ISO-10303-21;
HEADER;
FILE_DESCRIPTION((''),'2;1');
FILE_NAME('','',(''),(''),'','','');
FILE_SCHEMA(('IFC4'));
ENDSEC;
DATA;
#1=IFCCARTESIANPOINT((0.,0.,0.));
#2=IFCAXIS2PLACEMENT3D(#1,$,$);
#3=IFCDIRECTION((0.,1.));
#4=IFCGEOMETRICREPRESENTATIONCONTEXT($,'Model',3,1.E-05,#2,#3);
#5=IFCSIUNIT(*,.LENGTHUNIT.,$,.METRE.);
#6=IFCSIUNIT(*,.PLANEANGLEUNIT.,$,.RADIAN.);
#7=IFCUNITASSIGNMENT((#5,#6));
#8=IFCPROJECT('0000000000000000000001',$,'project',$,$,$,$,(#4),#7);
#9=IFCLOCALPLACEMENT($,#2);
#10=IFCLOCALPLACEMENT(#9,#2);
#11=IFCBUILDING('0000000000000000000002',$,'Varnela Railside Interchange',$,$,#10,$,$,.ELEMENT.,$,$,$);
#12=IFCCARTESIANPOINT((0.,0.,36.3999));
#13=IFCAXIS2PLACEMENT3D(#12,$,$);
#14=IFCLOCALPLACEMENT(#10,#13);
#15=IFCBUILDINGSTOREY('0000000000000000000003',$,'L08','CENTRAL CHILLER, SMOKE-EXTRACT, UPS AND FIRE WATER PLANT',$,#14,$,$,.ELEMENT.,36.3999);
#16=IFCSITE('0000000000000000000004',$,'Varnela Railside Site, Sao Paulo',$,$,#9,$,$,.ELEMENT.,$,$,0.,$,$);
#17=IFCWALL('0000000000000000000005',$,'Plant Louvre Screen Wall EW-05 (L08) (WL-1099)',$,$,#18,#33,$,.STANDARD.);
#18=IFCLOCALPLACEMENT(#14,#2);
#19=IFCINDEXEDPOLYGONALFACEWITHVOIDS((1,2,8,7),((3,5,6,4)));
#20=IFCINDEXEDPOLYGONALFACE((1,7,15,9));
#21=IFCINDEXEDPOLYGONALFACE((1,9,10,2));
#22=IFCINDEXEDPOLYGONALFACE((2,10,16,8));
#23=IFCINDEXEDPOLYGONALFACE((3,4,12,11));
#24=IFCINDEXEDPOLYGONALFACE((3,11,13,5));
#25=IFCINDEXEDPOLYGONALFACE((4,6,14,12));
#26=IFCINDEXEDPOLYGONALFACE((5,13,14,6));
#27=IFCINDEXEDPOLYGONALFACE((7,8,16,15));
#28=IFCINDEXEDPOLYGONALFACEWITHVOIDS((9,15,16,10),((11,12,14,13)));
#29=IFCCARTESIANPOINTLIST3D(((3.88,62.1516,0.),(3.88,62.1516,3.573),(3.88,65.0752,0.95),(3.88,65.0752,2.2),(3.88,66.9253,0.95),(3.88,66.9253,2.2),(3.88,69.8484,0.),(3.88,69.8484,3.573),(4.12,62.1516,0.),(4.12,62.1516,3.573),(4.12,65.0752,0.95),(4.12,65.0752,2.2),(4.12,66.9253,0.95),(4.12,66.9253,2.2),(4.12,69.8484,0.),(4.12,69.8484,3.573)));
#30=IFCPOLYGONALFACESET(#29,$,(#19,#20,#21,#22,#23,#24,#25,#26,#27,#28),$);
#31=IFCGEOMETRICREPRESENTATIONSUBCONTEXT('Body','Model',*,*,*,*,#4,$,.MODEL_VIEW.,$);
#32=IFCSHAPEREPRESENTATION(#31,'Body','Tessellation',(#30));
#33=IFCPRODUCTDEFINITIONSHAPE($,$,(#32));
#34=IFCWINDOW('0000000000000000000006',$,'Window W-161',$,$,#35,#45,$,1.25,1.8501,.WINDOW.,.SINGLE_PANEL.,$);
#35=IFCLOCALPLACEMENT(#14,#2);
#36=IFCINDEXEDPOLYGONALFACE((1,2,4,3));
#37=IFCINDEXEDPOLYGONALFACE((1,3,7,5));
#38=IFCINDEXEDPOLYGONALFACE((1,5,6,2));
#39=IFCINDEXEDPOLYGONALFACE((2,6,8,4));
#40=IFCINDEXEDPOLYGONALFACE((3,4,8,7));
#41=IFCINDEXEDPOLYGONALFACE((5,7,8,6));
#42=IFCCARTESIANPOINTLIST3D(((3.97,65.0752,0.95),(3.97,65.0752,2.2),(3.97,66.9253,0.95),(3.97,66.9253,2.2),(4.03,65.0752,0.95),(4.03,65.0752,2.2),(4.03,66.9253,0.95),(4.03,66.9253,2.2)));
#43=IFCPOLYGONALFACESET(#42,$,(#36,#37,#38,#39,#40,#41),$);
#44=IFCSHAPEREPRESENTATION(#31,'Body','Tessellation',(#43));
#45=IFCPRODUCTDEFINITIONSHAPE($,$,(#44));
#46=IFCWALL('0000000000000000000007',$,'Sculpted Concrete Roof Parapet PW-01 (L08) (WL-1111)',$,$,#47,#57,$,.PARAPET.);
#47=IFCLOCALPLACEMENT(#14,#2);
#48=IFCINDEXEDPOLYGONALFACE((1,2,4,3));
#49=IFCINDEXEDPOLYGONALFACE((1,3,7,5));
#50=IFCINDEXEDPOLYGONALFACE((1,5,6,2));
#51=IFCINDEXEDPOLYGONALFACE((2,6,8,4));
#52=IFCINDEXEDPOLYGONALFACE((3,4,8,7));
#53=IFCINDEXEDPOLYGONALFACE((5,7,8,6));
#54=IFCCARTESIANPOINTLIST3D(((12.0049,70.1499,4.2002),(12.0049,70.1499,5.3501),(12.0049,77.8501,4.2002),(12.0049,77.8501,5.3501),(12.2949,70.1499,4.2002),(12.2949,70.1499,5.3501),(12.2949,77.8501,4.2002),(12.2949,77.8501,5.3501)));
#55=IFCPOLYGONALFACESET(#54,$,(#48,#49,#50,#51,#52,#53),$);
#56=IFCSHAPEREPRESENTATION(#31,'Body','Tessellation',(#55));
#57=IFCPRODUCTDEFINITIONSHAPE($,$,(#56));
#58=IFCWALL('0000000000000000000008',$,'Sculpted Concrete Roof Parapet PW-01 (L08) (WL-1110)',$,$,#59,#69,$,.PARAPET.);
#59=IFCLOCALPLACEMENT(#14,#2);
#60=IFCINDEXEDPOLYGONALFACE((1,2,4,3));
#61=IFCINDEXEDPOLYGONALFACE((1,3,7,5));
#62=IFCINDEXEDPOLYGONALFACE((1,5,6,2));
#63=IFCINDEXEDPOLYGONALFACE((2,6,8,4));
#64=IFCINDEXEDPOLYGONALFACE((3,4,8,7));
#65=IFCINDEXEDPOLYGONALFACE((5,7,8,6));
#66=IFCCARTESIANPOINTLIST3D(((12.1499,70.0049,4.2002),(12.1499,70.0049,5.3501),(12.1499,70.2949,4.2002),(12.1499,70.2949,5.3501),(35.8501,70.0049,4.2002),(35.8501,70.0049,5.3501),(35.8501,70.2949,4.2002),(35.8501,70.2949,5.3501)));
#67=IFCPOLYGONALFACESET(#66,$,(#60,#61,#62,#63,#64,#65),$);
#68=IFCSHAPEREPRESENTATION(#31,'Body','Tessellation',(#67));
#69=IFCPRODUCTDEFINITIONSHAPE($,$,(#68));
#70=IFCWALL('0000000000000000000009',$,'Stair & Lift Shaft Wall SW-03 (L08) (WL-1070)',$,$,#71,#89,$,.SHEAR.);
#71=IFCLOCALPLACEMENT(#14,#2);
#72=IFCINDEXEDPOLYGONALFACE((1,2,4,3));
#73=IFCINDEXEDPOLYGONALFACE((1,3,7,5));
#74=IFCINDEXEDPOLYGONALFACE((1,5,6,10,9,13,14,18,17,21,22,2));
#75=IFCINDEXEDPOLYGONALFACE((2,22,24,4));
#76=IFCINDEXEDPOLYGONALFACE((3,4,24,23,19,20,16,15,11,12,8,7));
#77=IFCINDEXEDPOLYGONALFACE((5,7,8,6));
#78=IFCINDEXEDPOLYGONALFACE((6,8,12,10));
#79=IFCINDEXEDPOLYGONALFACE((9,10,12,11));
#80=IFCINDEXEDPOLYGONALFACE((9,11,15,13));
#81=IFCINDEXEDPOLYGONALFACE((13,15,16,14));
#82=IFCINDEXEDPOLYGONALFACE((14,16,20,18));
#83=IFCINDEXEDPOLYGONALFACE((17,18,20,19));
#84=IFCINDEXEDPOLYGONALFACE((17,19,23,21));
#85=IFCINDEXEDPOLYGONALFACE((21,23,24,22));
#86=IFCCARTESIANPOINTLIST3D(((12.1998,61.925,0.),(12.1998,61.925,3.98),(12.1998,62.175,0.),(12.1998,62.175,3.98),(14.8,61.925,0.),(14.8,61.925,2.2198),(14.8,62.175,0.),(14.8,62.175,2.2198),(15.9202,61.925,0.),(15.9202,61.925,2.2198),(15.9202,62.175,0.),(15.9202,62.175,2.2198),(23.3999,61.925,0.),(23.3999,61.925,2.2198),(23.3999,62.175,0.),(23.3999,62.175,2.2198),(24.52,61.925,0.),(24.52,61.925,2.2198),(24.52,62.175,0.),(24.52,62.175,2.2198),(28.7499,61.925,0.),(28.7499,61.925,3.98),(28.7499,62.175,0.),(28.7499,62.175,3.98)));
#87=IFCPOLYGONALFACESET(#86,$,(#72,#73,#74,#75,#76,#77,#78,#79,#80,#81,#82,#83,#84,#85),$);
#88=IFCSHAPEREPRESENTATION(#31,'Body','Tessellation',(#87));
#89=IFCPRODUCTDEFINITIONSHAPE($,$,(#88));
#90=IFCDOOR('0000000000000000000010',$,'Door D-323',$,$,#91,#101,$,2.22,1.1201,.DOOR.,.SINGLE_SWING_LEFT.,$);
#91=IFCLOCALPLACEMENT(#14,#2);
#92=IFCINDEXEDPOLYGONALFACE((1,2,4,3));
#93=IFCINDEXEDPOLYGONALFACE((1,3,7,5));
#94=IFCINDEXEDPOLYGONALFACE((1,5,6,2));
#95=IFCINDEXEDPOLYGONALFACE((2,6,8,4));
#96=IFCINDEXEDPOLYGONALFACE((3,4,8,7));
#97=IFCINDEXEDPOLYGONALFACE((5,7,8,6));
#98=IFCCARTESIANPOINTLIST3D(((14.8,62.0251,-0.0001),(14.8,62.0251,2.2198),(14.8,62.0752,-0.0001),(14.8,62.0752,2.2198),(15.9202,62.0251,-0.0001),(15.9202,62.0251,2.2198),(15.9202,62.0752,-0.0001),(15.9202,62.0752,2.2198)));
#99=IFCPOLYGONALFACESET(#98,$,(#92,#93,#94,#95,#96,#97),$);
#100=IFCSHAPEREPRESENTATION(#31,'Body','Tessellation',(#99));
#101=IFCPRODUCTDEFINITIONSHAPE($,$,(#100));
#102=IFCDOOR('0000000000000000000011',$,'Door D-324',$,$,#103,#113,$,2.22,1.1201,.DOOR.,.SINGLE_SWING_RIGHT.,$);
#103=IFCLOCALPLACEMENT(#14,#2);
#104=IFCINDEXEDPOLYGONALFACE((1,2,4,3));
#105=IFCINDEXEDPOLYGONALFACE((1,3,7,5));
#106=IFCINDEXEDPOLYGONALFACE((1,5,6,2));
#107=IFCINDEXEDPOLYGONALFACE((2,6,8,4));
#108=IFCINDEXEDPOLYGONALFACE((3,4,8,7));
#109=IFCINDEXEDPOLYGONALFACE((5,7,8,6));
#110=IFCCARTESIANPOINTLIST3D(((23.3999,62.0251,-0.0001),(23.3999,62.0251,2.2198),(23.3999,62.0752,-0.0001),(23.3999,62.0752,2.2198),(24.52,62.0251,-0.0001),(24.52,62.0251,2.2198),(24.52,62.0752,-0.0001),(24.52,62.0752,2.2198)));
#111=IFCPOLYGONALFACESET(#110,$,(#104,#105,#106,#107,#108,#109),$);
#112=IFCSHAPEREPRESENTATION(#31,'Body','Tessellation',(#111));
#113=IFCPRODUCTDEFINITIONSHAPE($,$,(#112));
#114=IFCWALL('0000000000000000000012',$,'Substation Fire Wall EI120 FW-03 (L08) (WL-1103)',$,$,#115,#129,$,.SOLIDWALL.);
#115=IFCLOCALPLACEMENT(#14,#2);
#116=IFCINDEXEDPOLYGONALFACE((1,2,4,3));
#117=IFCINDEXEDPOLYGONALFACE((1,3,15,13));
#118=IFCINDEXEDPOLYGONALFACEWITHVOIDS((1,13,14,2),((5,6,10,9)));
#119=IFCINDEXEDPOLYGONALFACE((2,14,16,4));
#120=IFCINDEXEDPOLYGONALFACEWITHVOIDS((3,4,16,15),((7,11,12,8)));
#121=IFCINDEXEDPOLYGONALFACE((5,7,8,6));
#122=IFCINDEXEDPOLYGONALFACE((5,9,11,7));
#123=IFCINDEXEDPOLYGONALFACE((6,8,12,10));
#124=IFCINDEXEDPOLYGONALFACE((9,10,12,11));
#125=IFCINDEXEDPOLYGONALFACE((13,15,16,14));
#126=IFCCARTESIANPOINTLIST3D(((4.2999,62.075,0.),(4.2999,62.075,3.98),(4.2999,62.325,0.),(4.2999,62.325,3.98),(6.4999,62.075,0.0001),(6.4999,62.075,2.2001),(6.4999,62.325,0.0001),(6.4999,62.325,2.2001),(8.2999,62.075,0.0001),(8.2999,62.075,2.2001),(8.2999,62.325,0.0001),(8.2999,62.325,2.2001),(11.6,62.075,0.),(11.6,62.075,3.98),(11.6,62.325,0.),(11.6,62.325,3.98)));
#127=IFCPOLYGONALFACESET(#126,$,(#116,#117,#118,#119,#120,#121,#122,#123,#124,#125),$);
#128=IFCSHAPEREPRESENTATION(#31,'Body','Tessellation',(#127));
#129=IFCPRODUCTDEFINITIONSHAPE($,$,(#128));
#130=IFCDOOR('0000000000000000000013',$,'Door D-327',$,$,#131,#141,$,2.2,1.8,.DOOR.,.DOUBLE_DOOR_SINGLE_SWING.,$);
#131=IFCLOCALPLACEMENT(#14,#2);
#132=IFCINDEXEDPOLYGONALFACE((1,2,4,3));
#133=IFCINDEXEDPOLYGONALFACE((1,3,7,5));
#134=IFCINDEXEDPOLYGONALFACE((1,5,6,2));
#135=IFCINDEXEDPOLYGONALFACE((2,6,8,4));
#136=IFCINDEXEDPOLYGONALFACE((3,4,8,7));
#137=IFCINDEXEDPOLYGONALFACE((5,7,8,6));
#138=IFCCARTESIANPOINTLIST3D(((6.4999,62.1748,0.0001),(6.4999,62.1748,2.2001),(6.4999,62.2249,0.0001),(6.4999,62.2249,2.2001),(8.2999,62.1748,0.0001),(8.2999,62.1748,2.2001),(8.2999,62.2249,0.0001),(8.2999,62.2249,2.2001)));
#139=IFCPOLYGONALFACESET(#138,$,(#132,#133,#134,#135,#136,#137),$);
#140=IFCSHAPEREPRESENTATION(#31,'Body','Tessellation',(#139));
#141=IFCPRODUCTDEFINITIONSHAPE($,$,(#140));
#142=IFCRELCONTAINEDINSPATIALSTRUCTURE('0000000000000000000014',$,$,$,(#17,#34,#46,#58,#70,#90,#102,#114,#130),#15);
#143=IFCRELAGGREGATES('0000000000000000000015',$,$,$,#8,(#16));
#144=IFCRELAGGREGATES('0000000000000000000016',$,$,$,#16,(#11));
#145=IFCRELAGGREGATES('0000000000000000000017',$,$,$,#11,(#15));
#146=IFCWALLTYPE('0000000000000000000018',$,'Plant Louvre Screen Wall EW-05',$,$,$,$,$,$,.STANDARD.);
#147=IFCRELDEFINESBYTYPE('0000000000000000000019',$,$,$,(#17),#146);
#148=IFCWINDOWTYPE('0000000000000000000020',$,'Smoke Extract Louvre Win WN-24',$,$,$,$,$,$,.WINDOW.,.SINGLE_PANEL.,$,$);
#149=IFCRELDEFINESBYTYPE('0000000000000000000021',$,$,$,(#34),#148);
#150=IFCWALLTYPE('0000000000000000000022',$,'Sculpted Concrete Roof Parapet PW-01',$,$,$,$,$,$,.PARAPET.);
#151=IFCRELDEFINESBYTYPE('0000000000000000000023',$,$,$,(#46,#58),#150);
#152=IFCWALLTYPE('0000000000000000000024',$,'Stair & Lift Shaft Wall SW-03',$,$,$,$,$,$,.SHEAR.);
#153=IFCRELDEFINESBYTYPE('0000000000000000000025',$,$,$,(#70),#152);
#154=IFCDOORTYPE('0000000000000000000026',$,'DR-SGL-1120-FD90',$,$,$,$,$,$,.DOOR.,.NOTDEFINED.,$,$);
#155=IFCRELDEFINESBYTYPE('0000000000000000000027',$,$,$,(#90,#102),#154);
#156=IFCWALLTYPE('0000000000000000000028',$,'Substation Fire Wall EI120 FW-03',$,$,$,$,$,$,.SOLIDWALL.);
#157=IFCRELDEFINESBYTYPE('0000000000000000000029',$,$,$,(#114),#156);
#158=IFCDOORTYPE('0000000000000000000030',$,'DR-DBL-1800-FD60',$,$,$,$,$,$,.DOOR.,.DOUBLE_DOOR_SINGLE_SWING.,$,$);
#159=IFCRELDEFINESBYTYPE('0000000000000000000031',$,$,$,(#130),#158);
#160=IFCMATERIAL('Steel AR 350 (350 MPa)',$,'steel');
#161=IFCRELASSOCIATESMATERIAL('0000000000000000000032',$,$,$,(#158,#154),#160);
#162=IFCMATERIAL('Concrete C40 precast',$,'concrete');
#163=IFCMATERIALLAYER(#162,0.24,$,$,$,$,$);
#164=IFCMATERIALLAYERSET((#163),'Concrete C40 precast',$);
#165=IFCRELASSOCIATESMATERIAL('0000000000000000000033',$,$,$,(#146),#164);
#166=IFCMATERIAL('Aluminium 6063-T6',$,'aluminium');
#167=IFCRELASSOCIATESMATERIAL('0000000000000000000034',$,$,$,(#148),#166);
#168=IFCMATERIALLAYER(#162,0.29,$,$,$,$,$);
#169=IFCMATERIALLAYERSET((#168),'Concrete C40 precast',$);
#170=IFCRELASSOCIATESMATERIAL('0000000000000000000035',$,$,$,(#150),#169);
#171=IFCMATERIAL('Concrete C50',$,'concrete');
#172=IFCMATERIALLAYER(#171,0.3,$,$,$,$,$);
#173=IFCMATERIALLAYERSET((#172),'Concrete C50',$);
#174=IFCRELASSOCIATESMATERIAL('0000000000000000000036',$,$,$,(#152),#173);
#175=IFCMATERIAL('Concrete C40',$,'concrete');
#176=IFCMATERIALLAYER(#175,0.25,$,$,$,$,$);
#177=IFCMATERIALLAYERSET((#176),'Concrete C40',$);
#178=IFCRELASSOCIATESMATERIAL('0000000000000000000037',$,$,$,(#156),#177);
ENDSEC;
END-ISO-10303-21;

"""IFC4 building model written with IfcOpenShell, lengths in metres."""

from ifc_helpers import new_model, si_unit, direction, frame, frame_2d, origin, place, context, subcontext, project, spatial, rectangle, extrude, material, layer, layer_set, type_object, element, fill, save


model = new_model("IFC4")

# Units and contexts
model_context = context("Model", 3, precision=1e-05, world=origin(), true_north=direction((0.0, 1.0)))
body_context = subcontext(model_context, "Body", "Model", "MODEL_VIEW")
ifc_project = project(units=[si_unit("LENGTHUNIT", "METRE"), si_unit("PLANEANGLEUNIT", "RADIAN")], contexts=[model_context])

# Site, building, storey
site_placement = place(None, origin())
site = spatial("IfcSite", under=ifc_project, at=site_placement, Name="Varnela Railside Site, Sao Paulo", CompositionType="ELEMENT", RefElevation=0.0)
building_placement = place(site_placement, origin())
building = spatial("IfcBuilding", under=site, at=building_placement, Name="Varnela Railside Interchange", CompositionType="ELEMENT")
storey_placement = place(building_placement, frame((0.0, 0.0, 36.3999)))
storey = spatial("IfcBuildingStorey", under=building, at=storey_placement, Name="L08", Description="CENTRAL CHILLER, SMOKE-EXTRACT, UPS AND FIRE WATER PLANT", CompositionType="ELEMENT", Elevation=36.3999)

# Shared definitions
ifc_material_1 = material(Name="Steel AR 350 (350 MPa)", Category="steel")

# Shared definitions
ifc_material_2 = material(Name="Concrete C50", Category="concrete")
door_type_1 = type_object("IfcDoorType", Name="DR-DBL-1800-FD60", OperationType="DOUBLE_DOOR_SINGLE_SWING", PredefinedType="DOOR", material=ifc_material_1)

# Wall, opening, window
ifc_material_3 = material(Name="Concrete C40 precast", Category="concrete")
ifc_layer_1 = layer(ifc_material_3, 0.24)
ifc_layer_set_1 = layer_set([ifc_layer_1], Name="Concrete C40 precast")
wall_type_1 = type_object("IfcWallType", Name="Plant Louvre Screen Wall EW-05", PredefinedType="STANDARD", material=ifc_layer_set_1)
wall_1_placement = place(storey_placement, frame((4.0, 62.1516, 0.0), z_axis=(0.0, 0.0, 1.0), x_axis=(0.0, 1.0, 0.0)))
wall_1 = element("IfcWall", 1, at=wall_1_placement, inside=storey, type_object=wall_type_1, Name="Plant Louvre Screen Wall EW-05 (L08) (WL-1099)", PredefinedType="STANDARD", context=body_context, shape_type="SweptSolid", body=[
    extrude(rectangle(XDim=7.6968, YDim=0.24, at=frame_2d((3.8484, 0.0))), origin(), (0.0, 0.0, 1.0), 3.573),
])
opening_1_placement = place(wall_1_placement, frame((2.9236, 0.0, 0.95)))
opening_1 = element("IfcOpeningElement", 2, at=opening_1_placement, cuts=wall_1, PredefinedType="OPENING", context=body_context, shape_type="SweptSolid", body=[
    extrude(rectangle(XDim=1.8501, YDim=1.25, at=frame_2d((0.925, 0.625))), frame((0.0, 0.1299, 0.0), z_axis=(0.0, -1.0, 0.0), x_axis=(1.0, 0.0, 0.0)), (0.0, 0.0, 1.0), 0.26),
])
ifc_material_4 = material(Name="Aluminium 6063-T6", Category="aluminium")
window_type = type_object("IfcWindowType", Name="Smoke Extract Louvre Win WN-24", PartitioningType="SINGLE_PANEL", PredefinedType="WINDOW", material=ifc_material_4)
window_placement = place(opening_1_placement, origin())
window = element("IfcWindow", 3, at=window_placement, inside=storey, type_object=window_type, Name="Window W-161", OverallHeight=1.25, OverallWidth=1.8501, PartitioningType="SINGLE_PANEL", PredefinedType="WINDOW", context=body_context, shape_type="SweptSolid", body=[
    extrude(rectangle(XDim=1.8501, YDim=1.25, at=frame_2d((0.925, 0.625))), frame((0.0, 0.03, 0.0), z_axis=(0.0, -1.0, 0.0), x_axis=(1.0, 0.0, 0.0)), (0.0, 0.0, 1.0), 0.0601),
])
fill(opening_1, window)

# Walls
ifc_layer_2 = layer(ifc_material_3, 0.29)
ifc_layer_set_2 = layer_set([ifc_layer_2], Name="Concrete C40 precast")
wall_type_2 = type_object("IfcWallType", Name="Sculpted Concrete Roof Parapet PW-01", PredefinedType="PARAPET", material=ifc_layer_set_2)
wall_2_placement = place(storey_placement, frame((12.1499, 70.1499, 4.2002), z_axis=(0.0, 0.0, 1.0), x_axis=(0.0, 1.0, 0.0)))
element("IfcWall", 4, at=wall_2_placement, inside=storey, type_object=wall_type_2, Name="Sculpted Concrete Roof Parapet PW-01 (L08) (WL-1111)", PredefinedType="PARAPET", context=body_context, shape_type="SweptSolid", body=[
    extrude(rectangle(XDim=7.7002, YDim=0.29, at=frame_2d((3.8501, 0.0))), origin(), (0.0, 0.0, 1.0), 1.1499),
])
wall_3_placement = place(storey_placement, frame((12.1499, 70.1499, 4.2002), z_axis=(0.0, 0.0, 1.0), x_axis=(1.0, 0.0, 0.0)))
element("IfcWall", 5, at=wall_3_placement, inside=storey, type_object=wall_type_2, Name="Sculpted Concrete Roof Parapet PW-01 (L08) (WL-1110)", PredefinedType="PARAPET", context=body_context, shape_type="SweptSolid", body=[
    extrude(rectangle(XDim=23.7002, YDim=0.29, at=frame_2d((11.8501, 0.0))), origin(), (0.0, 0.0, 1.0), 1.1499),
])

# Wall, openings, doors
ifc_layer_3 = layer(ifc_material_2, 0.3)
ifc_layer_set_3 = layer_set([ifc_layer_3], Name="Concrete C50")
wall_type_3 = type_object("IfcWallType", Name="Stair & Lift Shaft Wall SW-03", PredefinedType="SHEAR", material=ifc_layer_set_3)
wall_4_placement = place(storey_placement, frame((12.2, 62.05, 0.0), z_axis=(0.0, 0.0, 1.0), x_axis=(1.0, 0.0, 0.0)))
wall_4 = element("IfcWall", 6, at=wall_4_placement, inside=storey, type_object=wall_type_3, Name="Stair & Lift Shaft Wall SW-03 (L08) (WL-1070)", PredefinedType="SHEAR", context=body_context, shape_type="SweptSolid", body=[
    extrude(rectangle(XDim=16.55, YDim=0.25, at=frame_2d((8.2749, 0.0))), origin(), (0.0, 0.0, 1.0), 3.98),
])
opening_2_placement = place(wall_4_placement, frame((2.6001, 0.0, 0.0)))
opening_2 = element("IfcOpeningElement", 7, at=opening_2_placement, cuts=wall_4, PredefinedType="OPENING", context=body_context, shape_type="SweptSolid", body=[
    extrude(rectangle(XDim=1.1201, YDim=2.22, at=frame_2d((0.5601, 1.1099))), frame((0.0, 0.135, 0.0), z_axis=(0.0, -1.0, 0.0), x_axis=(1.0, 0.0, 0.0)), (0.0, 0.0, 1.0), 0.27),
])
opening_3_placement = place(wall_4_placement, frame((11.2, 0.0, 0.0)))
opening_3 = element("IfcOpeningElement", 8, at=opening_3_placement, cuts=wall_4, PredefinedType="OPENING", context=body_context, shape_type="SweptSolid", body=[
    extrude(rectangle(XDim=1.1201, YDim=2.22, at=frame_2d((0.5601, 1.1099))), frame((0.0, 0.135, 0.0), z_axis=(0.0, -1.0, 0.0), x_axis=(1.0, 0.0, 0.0)), (0.0, 0.0, 1.0), 0.27),
])
door_type_2 = type_object("IfcDoorType", Name="DR-SGL-1120-FD90", OperationType="NOTDEFINED", PredefinedType="DOOR", material=ifc_material_1)
door_1_placement = place(opening_2_placement, frame((1.1201, 0.0, 0.0), z_axis=(0.0, 0.0, 1.0), x_axis=(-1.0, 0.0, 0.0)))
door_1 = element("IfcDoor", 9, at=door_1_placement, inside=storey, type_object=door_type_2, Name="Door D-323", OperationType="SINGLE_SWING_LEFT", OverallHeight=2.22, OverallWidth=1.1201, PredefinedType="DOOR", context=body_context, shape_type="SweptSolid", body=[
    extrude(rectangle(XDim=1.1201, YDim=2.22, at=frame_2d((0.5601, 1.1099))), frame((0.0, 0.0249, 0.0), z_axis=(0.0, -1.0, 0.0), x_axis=(1.0, 0.0, 0.0)), (0.0, 0.0, 1.0), 0.05),
])
fill(opening_2, door_1)
door_2_placement = place(opening_3_placement, frame((1.1201, 0.0, 0.0), z_axis=(0.0, 0.0, 1.0), x_axis=(-1.0, 0.0, 0.0)))
door_2 = element("IfcDoor", 10, at=door_2_placement, inside=storey, type_object=door_type_2, Name="Door D-324", OperationType="SINGLE_SWING_RIGHT", OverallHeight=2.22, OverallWidth=1.1201, PredefinedType="DOOR", context=body_context, shape_type="SweptSolid", body=[
    extrude(rectangle(XDim=1.1201, YDim=2.22, at=frame_2d((0.5601, 1.1099))), frame((0.0, 0.0249, 0.0), z_axis=(0.0, -1.0, 0.0), x_axis=(1.0, 0.0, 0.0)), (0.0, 0.0, 1.0), 0.05),
])
fill(opening_3, door_2)

# Wall, opening, door
ifc_material_5 = material(Name="Concrete C40", Category="concrete")
ifc_layer_4 = layer(ifc_material_5, 0.25)
ifc_layer_set_4 = layer_set([ifc_layer_4], Name="Concrete C40")
wall_type_4 = type_object("IfcWallType", Name="Substation Fire Wall EI120 FW-03", PredefinedType="SOLIDWALL", material=ifc_layer_set_4)
wall_5_placement = place(storey_placement, frame((4.3, 62.2, 0.0), z_axis=(0.0, 0.0, 1.0), x_axis=(1.0, 0.0, 0.0)))
wall_5 = element("IfcWall", 11, at=wall_5_placement, inside=storey, type_object=wall_type_4, Name="Substation Fire Wall EI120 FW-03 (L08) (WL-1103)", PredefinedType="SOLIDWALL", context=body_context, shape_type="SweptSolid", body=[
    extrude(rectangle(XDim=7.3, YDim=0.25, at=frame_2d((3.6499, 0.0))), origin(), (0.0, 0.0, 1.0), 3.98),
])
opening_4_placement = place(wall_5_placement, frame((2.2, 0.0, 0.0)))
opening_4 = element("IfcOpeningElement", 12, at=opening_4_placement, cuts=wall_5, PredefinedType="OPENING", context=body_context, shape_type="SweptSolid", body=[
    extrude(rectangle(XDim=1.8, YDim=2.2, at=frame_2d((0.8999, 1.1001))), frame((0.0, 0.135, 0.0), z_axis=(0.0, -1.0, 0.0), x_axis=(1.0, 0.0, 0.0)), (0.0, 0.0, 1.0), 0.27),
])
door_3_placement = place(opening_4_placement, origin())
door_3 = element("IfcDoor", 13, at=door_3_placement, inside=storey, type_object=door_type_1, Name="Door D-327", OperationType="DOUBLE_DOOR_SINGLE_SWING", OverallHeight=2.2, OverallWidth=1.8, PredefinedType="DOOR", context=body_context, shape_type="SweptSolid", body=[
    extrude(rectangle(XDim=1.8, YDim=2.2, at=frame_2d((0.8999, 1.1001))), frame((0.0, 0.0249, 0.0), z_axis=(0.0, -1.0, 0.0), x_axis=(1.0, 0.0, 0.0)), (0.0, 0.0, 1.0), 0.05),
])
fill(opening_4, door_3)

save(model, "model.ifc")
